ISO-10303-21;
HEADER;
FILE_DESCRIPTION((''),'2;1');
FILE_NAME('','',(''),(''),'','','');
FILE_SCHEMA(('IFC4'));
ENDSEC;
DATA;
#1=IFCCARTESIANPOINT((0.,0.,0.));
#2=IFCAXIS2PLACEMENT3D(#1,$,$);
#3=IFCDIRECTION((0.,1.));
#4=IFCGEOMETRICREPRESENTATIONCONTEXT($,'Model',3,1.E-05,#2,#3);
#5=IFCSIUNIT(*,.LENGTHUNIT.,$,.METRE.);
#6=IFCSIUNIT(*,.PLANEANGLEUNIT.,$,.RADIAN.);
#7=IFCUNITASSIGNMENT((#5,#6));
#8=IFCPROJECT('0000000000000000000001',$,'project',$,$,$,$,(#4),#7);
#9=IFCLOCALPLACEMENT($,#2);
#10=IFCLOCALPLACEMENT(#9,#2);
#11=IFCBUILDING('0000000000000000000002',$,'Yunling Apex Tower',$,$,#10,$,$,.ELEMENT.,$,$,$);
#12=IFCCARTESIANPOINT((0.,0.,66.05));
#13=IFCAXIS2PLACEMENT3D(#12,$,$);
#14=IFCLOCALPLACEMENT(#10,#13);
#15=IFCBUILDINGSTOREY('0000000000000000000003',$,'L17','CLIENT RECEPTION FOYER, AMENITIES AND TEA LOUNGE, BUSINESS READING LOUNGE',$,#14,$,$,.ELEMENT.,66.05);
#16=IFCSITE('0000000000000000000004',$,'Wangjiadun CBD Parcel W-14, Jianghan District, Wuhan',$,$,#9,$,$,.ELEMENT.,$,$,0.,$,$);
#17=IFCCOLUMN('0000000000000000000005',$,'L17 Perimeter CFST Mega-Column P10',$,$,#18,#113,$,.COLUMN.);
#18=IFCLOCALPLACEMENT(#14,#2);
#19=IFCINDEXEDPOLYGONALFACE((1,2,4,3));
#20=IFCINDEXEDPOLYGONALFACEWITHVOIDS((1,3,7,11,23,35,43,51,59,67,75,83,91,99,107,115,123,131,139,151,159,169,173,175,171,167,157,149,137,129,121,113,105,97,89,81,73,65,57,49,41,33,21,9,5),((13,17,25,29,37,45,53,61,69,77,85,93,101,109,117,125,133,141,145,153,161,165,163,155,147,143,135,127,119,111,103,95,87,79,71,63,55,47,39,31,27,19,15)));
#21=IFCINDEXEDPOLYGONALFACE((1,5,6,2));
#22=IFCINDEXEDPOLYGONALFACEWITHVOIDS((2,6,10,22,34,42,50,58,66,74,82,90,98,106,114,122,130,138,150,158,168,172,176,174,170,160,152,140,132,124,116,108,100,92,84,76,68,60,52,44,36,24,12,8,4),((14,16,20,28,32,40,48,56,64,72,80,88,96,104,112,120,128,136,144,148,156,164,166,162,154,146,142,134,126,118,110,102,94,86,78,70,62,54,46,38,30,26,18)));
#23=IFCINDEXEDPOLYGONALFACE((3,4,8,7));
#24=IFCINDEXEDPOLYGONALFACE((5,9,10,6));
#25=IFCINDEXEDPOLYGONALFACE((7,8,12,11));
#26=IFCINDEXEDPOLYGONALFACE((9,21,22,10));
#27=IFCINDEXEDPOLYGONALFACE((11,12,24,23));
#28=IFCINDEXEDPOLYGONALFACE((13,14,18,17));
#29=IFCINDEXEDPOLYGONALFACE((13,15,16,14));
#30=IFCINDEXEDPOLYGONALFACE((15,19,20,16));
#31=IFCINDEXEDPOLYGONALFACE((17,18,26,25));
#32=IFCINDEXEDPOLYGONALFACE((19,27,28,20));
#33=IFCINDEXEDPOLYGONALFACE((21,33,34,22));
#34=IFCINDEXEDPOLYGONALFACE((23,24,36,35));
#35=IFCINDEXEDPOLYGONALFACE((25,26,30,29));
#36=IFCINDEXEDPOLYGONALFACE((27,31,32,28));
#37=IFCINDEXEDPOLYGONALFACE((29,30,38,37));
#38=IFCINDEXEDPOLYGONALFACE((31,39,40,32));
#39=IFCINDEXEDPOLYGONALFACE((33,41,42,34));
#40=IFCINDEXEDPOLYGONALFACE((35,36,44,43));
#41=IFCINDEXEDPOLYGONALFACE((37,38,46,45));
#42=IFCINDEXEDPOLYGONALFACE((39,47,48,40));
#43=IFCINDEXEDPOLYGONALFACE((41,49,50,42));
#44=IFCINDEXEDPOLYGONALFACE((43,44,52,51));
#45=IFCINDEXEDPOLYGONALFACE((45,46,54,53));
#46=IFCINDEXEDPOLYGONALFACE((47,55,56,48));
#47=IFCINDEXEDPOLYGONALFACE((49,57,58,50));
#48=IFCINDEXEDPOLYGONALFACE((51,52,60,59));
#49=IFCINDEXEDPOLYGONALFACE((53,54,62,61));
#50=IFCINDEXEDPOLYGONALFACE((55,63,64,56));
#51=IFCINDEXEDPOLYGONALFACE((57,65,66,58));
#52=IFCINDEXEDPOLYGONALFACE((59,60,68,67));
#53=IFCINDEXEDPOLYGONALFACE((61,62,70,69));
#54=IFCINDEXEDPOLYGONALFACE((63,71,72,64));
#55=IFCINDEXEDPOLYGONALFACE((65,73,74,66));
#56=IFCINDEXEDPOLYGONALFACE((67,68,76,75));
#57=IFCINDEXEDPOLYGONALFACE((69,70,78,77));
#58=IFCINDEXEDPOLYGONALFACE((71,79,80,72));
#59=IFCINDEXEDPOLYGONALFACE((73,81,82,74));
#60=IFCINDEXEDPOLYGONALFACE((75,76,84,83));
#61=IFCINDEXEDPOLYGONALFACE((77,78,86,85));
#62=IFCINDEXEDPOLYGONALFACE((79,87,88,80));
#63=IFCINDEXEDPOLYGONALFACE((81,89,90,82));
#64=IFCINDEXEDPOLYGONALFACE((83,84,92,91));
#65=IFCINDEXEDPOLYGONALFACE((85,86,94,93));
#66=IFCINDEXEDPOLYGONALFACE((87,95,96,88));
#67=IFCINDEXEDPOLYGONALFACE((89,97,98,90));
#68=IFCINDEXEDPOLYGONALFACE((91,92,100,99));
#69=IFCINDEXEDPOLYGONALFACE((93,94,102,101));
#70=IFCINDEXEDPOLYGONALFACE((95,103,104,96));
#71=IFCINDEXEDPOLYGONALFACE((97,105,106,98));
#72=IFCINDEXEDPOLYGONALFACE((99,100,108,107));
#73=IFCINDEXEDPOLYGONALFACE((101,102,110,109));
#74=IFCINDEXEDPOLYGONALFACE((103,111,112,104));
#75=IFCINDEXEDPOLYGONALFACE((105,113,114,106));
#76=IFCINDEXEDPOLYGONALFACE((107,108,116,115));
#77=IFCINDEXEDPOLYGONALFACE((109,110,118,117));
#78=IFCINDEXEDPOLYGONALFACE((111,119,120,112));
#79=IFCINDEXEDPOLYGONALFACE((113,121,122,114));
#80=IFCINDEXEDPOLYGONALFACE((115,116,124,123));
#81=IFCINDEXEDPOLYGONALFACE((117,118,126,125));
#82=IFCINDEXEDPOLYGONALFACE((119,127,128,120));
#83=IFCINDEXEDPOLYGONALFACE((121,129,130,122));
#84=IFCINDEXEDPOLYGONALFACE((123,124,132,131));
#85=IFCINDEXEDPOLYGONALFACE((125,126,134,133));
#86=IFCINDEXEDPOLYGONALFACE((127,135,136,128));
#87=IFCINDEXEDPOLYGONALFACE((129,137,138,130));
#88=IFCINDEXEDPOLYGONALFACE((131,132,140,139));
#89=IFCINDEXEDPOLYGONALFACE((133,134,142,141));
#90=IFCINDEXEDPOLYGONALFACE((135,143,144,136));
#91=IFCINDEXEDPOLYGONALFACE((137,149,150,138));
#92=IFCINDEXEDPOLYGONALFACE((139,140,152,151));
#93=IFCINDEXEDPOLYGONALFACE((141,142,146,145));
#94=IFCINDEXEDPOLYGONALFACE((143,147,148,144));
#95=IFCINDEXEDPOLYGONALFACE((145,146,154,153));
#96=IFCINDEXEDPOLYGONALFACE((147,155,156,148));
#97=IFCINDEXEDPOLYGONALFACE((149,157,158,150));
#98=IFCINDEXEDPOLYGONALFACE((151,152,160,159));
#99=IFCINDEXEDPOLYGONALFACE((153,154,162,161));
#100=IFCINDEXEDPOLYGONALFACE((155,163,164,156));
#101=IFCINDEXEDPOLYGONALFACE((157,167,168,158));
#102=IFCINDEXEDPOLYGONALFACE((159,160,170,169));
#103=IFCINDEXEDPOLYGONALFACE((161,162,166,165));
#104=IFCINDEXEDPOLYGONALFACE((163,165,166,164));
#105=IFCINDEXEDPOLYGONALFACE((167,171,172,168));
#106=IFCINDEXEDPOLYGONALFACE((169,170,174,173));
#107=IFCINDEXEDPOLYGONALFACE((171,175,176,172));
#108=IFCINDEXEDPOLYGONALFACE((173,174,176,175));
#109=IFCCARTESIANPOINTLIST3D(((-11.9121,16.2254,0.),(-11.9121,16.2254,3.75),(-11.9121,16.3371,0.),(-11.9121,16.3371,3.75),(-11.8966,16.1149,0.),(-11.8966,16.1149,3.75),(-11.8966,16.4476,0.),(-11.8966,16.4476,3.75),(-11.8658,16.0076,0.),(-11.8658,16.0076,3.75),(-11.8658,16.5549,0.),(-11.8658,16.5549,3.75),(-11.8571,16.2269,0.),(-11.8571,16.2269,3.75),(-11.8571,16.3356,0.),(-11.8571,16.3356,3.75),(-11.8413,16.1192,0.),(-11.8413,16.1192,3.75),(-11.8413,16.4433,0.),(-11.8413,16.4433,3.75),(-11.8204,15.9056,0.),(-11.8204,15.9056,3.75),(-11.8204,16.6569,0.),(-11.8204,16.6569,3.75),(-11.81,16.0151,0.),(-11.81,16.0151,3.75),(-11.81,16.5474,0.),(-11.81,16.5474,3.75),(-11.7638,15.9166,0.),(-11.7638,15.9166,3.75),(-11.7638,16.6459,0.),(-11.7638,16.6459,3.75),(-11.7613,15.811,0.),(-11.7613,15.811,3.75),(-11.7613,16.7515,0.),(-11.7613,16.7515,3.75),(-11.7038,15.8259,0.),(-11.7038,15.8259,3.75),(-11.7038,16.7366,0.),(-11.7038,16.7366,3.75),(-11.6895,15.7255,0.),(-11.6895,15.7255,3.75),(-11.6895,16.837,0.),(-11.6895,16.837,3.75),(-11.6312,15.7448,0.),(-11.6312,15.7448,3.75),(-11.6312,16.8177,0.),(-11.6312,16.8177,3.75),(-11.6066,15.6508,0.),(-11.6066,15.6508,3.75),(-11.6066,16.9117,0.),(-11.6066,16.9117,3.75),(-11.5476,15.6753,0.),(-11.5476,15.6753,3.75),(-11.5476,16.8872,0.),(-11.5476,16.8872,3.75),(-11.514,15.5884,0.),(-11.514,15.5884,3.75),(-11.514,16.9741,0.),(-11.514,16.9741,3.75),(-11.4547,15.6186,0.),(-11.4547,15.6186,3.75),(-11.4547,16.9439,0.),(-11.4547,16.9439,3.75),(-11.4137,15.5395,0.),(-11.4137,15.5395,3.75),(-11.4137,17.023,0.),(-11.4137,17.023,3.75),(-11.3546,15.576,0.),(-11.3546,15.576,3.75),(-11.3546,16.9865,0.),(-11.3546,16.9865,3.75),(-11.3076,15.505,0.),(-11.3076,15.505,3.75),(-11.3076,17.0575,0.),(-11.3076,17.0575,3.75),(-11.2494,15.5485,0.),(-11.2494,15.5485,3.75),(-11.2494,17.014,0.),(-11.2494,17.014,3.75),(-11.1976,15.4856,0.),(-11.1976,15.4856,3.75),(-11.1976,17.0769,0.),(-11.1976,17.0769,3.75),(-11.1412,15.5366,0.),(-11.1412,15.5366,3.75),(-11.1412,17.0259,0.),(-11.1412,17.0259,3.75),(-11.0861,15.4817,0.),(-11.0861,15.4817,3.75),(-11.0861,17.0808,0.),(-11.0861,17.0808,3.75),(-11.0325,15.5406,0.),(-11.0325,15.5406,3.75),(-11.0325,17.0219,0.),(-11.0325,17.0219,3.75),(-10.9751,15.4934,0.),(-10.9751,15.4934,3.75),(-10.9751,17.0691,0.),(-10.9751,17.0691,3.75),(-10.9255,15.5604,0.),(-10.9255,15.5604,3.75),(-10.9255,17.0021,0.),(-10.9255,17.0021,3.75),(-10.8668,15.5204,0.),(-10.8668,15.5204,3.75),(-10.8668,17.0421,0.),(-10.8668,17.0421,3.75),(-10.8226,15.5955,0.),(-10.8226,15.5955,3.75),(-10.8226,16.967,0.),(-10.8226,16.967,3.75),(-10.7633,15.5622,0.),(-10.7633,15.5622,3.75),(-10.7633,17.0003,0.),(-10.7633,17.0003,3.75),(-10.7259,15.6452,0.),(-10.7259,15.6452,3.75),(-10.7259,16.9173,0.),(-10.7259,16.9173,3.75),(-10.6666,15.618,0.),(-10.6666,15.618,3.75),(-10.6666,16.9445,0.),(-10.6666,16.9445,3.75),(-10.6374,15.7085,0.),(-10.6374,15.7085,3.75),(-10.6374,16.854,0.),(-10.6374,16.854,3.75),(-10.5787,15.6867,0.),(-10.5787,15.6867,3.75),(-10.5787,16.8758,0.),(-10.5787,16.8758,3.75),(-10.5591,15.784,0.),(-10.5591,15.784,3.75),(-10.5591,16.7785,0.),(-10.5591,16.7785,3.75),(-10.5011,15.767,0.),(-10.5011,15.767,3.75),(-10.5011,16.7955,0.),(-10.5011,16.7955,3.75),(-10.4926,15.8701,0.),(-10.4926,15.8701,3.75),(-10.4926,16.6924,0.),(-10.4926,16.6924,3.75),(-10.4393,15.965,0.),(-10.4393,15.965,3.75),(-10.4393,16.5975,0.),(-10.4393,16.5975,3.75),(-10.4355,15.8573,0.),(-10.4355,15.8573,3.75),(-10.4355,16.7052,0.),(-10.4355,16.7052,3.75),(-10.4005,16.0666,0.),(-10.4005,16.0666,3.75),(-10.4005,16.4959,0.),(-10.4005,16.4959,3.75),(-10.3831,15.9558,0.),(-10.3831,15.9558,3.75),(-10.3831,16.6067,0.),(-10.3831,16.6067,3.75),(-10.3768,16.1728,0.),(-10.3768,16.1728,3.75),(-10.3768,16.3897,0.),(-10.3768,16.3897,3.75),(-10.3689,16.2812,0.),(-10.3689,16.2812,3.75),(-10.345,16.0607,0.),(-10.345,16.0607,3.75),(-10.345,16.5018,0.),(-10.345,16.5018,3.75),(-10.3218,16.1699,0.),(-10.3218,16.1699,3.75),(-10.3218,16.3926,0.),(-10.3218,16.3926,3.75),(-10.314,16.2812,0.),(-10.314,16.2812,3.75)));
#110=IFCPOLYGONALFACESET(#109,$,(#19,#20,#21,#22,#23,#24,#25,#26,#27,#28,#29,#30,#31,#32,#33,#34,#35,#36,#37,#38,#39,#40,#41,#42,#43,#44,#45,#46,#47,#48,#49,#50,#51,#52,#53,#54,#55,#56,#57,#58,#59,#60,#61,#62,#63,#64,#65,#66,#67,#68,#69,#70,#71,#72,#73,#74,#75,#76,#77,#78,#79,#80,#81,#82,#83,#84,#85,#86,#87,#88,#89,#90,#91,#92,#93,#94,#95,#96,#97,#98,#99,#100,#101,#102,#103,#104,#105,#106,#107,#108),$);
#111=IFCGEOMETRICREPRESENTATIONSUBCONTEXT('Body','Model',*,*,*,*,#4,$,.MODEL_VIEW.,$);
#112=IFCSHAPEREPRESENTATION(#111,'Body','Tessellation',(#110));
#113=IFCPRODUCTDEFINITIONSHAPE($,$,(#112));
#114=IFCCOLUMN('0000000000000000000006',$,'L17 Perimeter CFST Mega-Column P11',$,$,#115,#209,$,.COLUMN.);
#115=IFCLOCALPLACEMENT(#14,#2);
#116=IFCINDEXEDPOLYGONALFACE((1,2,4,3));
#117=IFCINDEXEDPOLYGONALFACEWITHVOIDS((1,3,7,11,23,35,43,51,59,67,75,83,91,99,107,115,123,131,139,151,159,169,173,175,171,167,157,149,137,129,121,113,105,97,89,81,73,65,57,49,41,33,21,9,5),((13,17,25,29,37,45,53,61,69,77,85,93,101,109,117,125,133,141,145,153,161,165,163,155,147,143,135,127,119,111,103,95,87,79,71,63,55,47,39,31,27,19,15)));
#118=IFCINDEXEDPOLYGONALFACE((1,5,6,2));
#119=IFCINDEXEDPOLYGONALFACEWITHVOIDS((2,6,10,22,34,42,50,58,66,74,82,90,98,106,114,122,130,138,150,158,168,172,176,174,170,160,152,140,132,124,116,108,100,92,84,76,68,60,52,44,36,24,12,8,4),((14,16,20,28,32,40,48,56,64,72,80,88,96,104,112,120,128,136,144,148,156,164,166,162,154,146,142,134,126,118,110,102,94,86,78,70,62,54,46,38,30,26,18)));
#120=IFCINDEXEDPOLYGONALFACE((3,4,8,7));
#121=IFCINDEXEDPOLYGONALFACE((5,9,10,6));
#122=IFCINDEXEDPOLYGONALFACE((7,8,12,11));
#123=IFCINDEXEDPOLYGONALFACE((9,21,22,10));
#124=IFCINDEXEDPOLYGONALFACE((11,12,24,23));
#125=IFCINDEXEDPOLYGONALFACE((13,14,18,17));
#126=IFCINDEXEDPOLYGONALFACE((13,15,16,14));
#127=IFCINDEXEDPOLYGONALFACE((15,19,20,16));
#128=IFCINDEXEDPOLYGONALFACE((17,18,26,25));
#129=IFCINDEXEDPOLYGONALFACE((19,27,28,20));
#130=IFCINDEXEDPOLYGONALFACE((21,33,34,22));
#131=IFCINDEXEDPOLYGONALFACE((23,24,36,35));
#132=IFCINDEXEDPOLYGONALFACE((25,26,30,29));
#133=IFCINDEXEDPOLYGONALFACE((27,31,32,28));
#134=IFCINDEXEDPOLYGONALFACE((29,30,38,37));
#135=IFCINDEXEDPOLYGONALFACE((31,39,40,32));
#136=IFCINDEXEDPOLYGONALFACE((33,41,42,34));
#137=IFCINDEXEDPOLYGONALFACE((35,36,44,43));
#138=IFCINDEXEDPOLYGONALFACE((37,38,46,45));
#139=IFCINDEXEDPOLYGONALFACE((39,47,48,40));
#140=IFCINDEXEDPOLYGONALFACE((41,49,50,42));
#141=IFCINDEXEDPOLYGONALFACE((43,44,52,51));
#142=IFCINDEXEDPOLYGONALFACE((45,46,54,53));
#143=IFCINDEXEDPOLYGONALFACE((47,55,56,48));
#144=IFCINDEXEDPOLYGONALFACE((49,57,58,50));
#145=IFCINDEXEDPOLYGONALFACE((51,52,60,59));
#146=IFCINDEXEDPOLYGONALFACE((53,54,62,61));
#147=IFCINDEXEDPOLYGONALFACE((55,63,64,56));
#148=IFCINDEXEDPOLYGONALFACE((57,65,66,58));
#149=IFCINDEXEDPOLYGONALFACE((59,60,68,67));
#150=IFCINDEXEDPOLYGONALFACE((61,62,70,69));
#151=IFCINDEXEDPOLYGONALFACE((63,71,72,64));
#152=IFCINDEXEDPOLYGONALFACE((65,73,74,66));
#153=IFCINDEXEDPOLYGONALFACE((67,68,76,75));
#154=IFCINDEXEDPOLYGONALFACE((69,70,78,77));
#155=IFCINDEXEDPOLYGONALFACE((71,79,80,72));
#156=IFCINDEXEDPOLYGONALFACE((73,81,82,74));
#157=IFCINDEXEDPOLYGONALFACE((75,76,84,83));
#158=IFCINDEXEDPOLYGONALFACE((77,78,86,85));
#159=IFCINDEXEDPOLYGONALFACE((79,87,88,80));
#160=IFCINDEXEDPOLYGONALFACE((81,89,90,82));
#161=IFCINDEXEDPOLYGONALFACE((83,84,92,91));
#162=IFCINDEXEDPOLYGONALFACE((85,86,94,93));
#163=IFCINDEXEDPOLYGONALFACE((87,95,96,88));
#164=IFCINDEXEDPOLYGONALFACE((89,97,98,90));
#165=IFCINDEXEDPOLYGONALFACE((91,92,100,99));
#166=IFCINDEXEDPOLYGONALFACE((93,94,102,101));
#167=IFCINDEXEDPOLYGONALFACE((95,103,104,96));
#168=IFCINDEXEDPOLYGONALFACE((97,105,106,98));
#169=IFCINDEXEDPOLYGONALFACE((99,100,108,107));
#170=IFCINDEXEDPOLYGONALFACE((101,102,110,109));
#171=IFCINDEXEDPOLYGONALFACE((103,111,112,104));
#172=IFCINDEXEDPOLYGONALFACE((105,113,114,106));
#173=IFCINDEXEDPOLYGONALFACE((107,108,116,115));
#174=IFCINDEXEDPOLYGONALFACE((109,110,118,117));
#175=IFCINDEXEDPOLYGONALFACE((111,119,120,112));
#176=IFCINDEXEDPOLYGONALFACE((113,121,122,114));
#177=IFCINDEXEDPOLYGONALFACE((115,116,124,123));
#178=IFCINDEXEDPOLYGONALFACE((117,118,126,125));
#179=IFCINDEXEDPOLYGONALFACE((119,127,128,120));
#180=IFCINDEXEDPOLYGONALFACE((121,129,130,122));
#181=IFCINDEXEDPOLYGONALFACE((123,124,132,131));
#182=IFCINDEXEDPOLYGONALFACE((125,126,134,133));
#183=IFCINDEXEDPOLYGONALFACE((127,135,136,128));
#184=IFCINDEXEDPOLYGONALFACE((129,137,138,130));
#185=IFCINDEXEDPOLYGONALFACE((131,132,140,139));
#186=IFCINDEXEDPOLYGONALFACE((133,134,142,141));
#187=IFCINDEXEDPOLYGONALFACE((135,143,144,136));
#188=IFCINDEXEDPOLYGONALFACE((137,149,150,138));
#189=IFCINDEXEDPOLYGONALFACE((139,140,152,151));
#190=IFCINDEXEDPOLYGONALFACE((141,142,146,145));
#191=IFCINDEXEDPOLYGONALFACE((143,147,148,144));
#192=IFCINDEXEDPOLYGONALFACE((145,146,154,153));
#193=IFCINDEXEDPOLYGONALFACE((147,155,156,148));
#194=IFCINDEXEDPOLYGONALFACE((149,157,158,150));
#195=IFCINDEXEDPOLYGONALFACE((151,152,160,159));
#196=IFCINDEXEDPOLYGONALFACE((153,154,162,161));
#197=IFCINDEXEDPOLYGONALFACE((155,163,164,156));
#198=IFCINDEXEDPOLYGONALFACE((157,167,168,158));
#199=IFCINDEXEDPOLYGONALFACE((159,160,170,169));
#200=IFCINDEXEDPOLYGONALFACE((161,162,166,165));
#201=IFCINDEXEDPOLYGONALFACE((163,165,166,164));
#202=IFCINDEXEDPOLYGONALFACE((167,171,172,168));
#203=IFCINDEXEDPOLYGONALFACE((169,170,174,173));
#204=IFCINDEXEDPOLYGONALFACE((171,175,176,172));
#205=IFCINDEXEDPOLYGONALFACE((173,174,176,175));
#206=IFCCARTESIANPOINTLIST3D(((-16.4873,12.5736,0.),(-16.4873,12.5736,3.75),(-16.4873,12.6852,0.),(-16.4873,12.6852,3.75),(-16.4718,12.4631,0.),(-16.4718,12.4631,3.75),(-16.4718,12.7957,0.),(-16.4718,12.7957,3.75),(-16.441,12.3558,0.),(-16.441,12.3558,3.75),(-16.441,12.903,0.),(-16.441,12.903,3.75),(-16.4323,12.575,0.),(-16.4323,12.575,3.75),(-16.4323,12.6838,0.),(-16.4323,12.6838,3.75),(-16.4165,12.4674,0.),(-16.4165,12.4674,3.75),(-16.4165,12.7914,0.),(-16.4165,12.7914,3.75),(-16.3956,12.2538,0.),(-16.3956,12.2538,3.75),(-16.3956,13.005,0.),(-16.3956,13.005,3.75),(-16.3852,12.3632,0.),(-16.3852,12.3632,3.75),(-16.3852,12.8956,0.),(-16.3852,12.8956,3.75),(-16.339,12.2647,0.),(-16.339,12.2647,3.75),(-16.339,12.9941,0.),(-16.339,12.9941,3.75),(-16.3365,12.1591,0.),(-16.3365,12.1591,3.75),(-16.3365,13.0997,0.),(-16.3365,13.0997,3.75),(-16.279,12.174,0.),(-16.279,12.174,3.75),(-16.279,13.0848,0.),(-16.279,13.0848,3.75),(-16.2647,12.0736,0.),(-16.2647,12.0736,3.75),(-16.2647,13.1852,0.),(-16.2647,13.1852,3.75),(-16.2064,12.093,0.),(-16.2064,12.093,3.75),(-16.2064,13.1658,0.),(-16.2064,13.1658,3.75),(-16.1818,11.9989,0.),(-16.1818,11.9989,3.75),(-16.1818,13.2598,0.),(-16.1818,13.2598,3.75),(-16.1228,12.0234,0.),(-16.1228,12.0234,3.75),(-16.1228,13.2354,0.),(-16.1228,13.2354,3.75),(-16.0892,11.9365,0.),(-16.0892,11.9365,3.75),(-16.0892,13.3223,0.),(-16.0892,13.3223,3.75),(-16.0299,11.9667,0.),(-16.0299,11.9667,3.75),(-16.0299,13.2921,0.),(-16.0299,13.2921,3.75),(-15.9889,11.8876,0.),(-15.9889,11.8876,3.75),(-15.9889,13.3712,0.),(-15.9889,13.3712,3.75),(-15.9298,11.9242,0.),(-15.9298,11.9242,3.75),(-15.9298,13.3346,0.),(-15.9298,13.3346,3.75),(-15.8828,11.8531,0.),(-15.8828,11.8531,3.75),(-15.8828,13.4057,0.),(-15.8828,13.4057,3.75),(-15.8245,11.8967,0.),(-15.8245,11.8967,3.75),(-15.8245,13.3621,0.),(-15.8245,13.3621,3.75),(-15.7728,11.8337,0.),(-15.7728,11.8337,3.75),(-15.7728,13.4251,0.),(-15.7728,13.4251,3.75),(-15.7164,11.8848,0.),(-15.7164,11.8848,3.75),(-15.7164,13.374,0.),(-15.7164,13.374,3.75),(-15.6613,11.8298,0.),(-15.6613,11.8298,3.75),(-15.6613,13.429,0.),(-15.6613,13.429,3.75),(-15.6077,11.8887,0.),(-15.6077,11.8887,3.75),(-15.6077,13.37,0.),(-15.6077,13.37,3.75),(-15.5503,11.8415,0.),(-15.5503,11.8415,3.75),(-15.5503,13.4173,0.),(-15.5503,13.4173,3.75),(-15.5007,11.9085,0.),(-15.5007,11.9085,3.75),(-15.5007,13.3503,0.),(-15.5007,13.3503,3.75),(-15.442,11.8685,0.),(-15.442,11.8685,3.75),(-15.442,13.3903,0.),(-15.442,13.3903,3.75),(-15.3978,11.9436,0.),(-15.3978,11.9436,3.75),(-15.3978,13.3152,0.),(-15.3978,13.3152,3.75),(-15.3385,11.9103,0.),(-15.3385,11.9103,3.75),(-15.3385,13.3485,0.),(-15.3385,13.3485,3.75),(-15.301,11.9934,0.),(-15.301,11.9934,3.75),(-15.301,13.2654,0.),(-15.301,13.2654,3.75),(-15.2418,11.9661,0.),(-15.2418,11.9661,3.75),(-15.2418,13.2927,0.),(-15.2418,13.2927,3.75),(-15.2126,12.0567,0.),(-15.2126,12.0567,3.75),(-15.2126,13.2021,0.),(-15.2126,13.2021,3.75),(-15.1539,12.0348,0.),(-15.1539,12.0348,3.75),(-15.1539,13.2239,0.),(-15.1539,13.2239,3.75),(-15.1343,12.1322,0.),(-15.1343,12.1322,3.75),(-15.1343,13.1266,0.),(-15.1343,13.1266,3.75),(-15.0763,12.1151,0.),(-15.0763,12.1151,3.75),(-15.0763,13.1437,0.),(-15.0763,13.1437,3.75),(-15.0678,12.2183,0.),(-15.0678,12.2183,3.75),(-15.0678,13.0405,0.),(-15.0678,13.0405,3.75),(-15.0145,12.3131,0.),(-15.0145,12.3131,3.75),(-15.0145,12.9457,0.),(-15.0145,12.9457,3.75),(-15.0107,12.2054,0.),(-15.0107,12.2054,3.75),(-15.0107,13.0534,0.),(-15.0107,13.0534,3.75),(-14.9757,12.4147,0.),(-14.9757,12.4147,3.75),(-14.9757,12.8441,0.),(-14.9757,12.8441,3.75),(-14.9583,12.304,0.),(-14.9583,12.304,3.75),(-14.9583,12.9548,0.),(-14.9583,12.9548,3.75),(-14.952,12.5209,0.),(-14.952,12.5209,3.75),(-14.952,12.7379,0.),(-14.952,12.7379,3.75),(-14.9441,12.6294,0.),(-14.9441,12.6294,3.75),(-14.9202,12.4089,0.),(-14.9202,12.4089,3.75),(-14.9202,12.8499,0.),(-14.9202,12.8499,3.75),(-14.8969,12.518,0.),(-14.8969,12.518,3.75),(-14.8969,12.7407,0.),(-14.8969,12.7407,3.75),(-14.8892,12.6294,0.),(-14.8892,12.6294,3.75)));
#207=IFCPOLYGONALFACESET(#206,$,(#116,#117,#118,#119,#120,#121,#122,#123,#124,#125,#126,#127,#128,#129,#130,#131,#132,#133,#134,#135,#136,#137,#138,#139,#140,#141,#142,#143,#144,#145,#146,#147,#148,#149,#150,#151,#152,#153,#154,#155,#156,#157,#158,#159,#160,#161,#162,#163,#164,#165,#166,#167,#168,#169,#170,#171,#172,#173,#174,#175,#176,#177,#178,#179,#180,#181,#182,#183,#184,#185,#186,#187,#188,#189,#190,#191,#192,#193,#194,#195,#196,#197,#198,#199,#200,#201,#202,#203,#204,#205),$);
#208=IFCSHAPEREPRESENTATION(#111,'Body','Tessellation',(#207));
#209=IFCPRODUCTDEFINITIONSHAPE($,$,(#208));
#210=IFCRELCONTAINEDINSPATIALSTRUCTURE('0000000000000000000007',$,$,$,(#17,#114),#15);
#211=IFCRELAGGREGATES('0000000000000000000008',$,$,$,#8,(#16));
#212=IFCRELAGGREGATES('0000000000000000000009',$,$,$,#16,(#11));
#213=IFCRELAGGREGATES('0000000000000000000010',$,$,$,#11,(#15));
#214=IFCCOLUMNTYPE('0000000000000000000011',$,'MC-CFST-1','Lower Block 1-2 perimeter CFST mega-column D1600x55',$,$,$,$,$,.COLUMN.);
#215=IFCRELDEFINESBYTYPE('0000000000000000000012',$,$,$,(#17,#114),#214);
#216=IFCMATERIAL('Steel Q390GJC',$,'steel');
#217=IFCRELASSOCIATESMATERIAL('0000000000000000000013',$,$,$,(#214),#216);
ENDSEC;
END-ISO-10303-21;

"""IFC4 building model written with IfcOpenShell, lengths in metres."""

from ifc_helpers import new_model, si_unit, direction, frame, origin, origin_2d, place, context, subcontext, project, spatial, hollow_circle, extrude, source, transform, mapped, material, material_profile, profile_set, type_object, element, save


model = new_model("IFC4")

# Units and contexts
model_context = context("Model", 3, precision=1e-05, world=origin(), true_north=direction((0.0, 1.0)))
body_context = subcontext(model_context, "Body", "Model", "MODEL_VIEW")
ifc_project = project(units=[si_unit("LENGTHUNIT", "METRE"), si_unit("PLANEANGLEUNIT", "RADIAN")], contexts=[model_context])

# Site, building, storey
site_placement = place(None, origin())
site = spatial("IfcSite", under=ifc_project, at=site_placement, Name="Wangjiadun CBD Parcel W-14, Jianghan District, Wuhan", CompositionType="ELEMENT", RefElevation=0.0)
building_placement = place(site_placement, origin())
building = spatial("IfcBuilding", under=site, at=building_placement, Name="Yunling Apex Tower", CompositionType="ELEMENT")
storey_placement = place(building_placement, frame((0.0, 0.0, 66.05)))
storey = spatial("IfcBuildingStorey", under=building, at=storey_placement, Name="L17", Description="CLIENT RECEPTION FOYER, AMENITIES AND TEA LOUNGE, BUSINESS READING LOUNGE", CompositionType="ELEMENT", Elevation=66.05)

# Columns
ifc_material_1 = material(Name="Steel Q390GJC", Category="steel")
ifc_material_profile_1 = material_profile(ifc_material_1, hollow_circle(Radius=0.8, WallThickness=0.0549, at=origin_2d()))
ifc_profile_set_1 = profile_set([ifc_material_profile_1], Name="Steel Q390GJC")
column_type = type_object("IfcColumnType", Name="MC-CFST-1", Description="Lower Block 1-2 perimeter CFST mega-column D1600x55", PredefinedType="COLUMN", material=ifc_profile_set_1)
shared_shape_1 = source(origin(), body_context, "Body", "SweptSolid", [
    extrude(hollow_circle(Radius=0.8, WallThickness=0.0549, at=origin_2d()), origin(), (0.0, 0.0, 1.0), 3.75),
])
for number, where, z_axis, x_axis, name in (
    (1, (-11.114, 16.2812, 0.0), (0.0, 0.0, 1.0), (1.0, 0.0, 0.0), "L17 Perimeter CFST Mega-Column P10"),
    (2, (-15.6892, 12.6294, 0.0), (0.0, 0.0, 1.0), (1.0, 0.0, 0.0), "L17 Perimeter CFST Mega-Column P11"),
):
    element("IfcColumn", number, at=place(storey_placement, frame(where, z_axis=z_axis, x_axis=x_axis)), inside=storey, type_object=column_type, Name=name, PredefinedType="COLUMN", context=body_context, shape_type="MappedRepresentation", body=[
        mapped(shared_shape_1, transform((0.0, 0.0, 0.0), scale=1.0)),
    ])

save(model, "model.ifc")
